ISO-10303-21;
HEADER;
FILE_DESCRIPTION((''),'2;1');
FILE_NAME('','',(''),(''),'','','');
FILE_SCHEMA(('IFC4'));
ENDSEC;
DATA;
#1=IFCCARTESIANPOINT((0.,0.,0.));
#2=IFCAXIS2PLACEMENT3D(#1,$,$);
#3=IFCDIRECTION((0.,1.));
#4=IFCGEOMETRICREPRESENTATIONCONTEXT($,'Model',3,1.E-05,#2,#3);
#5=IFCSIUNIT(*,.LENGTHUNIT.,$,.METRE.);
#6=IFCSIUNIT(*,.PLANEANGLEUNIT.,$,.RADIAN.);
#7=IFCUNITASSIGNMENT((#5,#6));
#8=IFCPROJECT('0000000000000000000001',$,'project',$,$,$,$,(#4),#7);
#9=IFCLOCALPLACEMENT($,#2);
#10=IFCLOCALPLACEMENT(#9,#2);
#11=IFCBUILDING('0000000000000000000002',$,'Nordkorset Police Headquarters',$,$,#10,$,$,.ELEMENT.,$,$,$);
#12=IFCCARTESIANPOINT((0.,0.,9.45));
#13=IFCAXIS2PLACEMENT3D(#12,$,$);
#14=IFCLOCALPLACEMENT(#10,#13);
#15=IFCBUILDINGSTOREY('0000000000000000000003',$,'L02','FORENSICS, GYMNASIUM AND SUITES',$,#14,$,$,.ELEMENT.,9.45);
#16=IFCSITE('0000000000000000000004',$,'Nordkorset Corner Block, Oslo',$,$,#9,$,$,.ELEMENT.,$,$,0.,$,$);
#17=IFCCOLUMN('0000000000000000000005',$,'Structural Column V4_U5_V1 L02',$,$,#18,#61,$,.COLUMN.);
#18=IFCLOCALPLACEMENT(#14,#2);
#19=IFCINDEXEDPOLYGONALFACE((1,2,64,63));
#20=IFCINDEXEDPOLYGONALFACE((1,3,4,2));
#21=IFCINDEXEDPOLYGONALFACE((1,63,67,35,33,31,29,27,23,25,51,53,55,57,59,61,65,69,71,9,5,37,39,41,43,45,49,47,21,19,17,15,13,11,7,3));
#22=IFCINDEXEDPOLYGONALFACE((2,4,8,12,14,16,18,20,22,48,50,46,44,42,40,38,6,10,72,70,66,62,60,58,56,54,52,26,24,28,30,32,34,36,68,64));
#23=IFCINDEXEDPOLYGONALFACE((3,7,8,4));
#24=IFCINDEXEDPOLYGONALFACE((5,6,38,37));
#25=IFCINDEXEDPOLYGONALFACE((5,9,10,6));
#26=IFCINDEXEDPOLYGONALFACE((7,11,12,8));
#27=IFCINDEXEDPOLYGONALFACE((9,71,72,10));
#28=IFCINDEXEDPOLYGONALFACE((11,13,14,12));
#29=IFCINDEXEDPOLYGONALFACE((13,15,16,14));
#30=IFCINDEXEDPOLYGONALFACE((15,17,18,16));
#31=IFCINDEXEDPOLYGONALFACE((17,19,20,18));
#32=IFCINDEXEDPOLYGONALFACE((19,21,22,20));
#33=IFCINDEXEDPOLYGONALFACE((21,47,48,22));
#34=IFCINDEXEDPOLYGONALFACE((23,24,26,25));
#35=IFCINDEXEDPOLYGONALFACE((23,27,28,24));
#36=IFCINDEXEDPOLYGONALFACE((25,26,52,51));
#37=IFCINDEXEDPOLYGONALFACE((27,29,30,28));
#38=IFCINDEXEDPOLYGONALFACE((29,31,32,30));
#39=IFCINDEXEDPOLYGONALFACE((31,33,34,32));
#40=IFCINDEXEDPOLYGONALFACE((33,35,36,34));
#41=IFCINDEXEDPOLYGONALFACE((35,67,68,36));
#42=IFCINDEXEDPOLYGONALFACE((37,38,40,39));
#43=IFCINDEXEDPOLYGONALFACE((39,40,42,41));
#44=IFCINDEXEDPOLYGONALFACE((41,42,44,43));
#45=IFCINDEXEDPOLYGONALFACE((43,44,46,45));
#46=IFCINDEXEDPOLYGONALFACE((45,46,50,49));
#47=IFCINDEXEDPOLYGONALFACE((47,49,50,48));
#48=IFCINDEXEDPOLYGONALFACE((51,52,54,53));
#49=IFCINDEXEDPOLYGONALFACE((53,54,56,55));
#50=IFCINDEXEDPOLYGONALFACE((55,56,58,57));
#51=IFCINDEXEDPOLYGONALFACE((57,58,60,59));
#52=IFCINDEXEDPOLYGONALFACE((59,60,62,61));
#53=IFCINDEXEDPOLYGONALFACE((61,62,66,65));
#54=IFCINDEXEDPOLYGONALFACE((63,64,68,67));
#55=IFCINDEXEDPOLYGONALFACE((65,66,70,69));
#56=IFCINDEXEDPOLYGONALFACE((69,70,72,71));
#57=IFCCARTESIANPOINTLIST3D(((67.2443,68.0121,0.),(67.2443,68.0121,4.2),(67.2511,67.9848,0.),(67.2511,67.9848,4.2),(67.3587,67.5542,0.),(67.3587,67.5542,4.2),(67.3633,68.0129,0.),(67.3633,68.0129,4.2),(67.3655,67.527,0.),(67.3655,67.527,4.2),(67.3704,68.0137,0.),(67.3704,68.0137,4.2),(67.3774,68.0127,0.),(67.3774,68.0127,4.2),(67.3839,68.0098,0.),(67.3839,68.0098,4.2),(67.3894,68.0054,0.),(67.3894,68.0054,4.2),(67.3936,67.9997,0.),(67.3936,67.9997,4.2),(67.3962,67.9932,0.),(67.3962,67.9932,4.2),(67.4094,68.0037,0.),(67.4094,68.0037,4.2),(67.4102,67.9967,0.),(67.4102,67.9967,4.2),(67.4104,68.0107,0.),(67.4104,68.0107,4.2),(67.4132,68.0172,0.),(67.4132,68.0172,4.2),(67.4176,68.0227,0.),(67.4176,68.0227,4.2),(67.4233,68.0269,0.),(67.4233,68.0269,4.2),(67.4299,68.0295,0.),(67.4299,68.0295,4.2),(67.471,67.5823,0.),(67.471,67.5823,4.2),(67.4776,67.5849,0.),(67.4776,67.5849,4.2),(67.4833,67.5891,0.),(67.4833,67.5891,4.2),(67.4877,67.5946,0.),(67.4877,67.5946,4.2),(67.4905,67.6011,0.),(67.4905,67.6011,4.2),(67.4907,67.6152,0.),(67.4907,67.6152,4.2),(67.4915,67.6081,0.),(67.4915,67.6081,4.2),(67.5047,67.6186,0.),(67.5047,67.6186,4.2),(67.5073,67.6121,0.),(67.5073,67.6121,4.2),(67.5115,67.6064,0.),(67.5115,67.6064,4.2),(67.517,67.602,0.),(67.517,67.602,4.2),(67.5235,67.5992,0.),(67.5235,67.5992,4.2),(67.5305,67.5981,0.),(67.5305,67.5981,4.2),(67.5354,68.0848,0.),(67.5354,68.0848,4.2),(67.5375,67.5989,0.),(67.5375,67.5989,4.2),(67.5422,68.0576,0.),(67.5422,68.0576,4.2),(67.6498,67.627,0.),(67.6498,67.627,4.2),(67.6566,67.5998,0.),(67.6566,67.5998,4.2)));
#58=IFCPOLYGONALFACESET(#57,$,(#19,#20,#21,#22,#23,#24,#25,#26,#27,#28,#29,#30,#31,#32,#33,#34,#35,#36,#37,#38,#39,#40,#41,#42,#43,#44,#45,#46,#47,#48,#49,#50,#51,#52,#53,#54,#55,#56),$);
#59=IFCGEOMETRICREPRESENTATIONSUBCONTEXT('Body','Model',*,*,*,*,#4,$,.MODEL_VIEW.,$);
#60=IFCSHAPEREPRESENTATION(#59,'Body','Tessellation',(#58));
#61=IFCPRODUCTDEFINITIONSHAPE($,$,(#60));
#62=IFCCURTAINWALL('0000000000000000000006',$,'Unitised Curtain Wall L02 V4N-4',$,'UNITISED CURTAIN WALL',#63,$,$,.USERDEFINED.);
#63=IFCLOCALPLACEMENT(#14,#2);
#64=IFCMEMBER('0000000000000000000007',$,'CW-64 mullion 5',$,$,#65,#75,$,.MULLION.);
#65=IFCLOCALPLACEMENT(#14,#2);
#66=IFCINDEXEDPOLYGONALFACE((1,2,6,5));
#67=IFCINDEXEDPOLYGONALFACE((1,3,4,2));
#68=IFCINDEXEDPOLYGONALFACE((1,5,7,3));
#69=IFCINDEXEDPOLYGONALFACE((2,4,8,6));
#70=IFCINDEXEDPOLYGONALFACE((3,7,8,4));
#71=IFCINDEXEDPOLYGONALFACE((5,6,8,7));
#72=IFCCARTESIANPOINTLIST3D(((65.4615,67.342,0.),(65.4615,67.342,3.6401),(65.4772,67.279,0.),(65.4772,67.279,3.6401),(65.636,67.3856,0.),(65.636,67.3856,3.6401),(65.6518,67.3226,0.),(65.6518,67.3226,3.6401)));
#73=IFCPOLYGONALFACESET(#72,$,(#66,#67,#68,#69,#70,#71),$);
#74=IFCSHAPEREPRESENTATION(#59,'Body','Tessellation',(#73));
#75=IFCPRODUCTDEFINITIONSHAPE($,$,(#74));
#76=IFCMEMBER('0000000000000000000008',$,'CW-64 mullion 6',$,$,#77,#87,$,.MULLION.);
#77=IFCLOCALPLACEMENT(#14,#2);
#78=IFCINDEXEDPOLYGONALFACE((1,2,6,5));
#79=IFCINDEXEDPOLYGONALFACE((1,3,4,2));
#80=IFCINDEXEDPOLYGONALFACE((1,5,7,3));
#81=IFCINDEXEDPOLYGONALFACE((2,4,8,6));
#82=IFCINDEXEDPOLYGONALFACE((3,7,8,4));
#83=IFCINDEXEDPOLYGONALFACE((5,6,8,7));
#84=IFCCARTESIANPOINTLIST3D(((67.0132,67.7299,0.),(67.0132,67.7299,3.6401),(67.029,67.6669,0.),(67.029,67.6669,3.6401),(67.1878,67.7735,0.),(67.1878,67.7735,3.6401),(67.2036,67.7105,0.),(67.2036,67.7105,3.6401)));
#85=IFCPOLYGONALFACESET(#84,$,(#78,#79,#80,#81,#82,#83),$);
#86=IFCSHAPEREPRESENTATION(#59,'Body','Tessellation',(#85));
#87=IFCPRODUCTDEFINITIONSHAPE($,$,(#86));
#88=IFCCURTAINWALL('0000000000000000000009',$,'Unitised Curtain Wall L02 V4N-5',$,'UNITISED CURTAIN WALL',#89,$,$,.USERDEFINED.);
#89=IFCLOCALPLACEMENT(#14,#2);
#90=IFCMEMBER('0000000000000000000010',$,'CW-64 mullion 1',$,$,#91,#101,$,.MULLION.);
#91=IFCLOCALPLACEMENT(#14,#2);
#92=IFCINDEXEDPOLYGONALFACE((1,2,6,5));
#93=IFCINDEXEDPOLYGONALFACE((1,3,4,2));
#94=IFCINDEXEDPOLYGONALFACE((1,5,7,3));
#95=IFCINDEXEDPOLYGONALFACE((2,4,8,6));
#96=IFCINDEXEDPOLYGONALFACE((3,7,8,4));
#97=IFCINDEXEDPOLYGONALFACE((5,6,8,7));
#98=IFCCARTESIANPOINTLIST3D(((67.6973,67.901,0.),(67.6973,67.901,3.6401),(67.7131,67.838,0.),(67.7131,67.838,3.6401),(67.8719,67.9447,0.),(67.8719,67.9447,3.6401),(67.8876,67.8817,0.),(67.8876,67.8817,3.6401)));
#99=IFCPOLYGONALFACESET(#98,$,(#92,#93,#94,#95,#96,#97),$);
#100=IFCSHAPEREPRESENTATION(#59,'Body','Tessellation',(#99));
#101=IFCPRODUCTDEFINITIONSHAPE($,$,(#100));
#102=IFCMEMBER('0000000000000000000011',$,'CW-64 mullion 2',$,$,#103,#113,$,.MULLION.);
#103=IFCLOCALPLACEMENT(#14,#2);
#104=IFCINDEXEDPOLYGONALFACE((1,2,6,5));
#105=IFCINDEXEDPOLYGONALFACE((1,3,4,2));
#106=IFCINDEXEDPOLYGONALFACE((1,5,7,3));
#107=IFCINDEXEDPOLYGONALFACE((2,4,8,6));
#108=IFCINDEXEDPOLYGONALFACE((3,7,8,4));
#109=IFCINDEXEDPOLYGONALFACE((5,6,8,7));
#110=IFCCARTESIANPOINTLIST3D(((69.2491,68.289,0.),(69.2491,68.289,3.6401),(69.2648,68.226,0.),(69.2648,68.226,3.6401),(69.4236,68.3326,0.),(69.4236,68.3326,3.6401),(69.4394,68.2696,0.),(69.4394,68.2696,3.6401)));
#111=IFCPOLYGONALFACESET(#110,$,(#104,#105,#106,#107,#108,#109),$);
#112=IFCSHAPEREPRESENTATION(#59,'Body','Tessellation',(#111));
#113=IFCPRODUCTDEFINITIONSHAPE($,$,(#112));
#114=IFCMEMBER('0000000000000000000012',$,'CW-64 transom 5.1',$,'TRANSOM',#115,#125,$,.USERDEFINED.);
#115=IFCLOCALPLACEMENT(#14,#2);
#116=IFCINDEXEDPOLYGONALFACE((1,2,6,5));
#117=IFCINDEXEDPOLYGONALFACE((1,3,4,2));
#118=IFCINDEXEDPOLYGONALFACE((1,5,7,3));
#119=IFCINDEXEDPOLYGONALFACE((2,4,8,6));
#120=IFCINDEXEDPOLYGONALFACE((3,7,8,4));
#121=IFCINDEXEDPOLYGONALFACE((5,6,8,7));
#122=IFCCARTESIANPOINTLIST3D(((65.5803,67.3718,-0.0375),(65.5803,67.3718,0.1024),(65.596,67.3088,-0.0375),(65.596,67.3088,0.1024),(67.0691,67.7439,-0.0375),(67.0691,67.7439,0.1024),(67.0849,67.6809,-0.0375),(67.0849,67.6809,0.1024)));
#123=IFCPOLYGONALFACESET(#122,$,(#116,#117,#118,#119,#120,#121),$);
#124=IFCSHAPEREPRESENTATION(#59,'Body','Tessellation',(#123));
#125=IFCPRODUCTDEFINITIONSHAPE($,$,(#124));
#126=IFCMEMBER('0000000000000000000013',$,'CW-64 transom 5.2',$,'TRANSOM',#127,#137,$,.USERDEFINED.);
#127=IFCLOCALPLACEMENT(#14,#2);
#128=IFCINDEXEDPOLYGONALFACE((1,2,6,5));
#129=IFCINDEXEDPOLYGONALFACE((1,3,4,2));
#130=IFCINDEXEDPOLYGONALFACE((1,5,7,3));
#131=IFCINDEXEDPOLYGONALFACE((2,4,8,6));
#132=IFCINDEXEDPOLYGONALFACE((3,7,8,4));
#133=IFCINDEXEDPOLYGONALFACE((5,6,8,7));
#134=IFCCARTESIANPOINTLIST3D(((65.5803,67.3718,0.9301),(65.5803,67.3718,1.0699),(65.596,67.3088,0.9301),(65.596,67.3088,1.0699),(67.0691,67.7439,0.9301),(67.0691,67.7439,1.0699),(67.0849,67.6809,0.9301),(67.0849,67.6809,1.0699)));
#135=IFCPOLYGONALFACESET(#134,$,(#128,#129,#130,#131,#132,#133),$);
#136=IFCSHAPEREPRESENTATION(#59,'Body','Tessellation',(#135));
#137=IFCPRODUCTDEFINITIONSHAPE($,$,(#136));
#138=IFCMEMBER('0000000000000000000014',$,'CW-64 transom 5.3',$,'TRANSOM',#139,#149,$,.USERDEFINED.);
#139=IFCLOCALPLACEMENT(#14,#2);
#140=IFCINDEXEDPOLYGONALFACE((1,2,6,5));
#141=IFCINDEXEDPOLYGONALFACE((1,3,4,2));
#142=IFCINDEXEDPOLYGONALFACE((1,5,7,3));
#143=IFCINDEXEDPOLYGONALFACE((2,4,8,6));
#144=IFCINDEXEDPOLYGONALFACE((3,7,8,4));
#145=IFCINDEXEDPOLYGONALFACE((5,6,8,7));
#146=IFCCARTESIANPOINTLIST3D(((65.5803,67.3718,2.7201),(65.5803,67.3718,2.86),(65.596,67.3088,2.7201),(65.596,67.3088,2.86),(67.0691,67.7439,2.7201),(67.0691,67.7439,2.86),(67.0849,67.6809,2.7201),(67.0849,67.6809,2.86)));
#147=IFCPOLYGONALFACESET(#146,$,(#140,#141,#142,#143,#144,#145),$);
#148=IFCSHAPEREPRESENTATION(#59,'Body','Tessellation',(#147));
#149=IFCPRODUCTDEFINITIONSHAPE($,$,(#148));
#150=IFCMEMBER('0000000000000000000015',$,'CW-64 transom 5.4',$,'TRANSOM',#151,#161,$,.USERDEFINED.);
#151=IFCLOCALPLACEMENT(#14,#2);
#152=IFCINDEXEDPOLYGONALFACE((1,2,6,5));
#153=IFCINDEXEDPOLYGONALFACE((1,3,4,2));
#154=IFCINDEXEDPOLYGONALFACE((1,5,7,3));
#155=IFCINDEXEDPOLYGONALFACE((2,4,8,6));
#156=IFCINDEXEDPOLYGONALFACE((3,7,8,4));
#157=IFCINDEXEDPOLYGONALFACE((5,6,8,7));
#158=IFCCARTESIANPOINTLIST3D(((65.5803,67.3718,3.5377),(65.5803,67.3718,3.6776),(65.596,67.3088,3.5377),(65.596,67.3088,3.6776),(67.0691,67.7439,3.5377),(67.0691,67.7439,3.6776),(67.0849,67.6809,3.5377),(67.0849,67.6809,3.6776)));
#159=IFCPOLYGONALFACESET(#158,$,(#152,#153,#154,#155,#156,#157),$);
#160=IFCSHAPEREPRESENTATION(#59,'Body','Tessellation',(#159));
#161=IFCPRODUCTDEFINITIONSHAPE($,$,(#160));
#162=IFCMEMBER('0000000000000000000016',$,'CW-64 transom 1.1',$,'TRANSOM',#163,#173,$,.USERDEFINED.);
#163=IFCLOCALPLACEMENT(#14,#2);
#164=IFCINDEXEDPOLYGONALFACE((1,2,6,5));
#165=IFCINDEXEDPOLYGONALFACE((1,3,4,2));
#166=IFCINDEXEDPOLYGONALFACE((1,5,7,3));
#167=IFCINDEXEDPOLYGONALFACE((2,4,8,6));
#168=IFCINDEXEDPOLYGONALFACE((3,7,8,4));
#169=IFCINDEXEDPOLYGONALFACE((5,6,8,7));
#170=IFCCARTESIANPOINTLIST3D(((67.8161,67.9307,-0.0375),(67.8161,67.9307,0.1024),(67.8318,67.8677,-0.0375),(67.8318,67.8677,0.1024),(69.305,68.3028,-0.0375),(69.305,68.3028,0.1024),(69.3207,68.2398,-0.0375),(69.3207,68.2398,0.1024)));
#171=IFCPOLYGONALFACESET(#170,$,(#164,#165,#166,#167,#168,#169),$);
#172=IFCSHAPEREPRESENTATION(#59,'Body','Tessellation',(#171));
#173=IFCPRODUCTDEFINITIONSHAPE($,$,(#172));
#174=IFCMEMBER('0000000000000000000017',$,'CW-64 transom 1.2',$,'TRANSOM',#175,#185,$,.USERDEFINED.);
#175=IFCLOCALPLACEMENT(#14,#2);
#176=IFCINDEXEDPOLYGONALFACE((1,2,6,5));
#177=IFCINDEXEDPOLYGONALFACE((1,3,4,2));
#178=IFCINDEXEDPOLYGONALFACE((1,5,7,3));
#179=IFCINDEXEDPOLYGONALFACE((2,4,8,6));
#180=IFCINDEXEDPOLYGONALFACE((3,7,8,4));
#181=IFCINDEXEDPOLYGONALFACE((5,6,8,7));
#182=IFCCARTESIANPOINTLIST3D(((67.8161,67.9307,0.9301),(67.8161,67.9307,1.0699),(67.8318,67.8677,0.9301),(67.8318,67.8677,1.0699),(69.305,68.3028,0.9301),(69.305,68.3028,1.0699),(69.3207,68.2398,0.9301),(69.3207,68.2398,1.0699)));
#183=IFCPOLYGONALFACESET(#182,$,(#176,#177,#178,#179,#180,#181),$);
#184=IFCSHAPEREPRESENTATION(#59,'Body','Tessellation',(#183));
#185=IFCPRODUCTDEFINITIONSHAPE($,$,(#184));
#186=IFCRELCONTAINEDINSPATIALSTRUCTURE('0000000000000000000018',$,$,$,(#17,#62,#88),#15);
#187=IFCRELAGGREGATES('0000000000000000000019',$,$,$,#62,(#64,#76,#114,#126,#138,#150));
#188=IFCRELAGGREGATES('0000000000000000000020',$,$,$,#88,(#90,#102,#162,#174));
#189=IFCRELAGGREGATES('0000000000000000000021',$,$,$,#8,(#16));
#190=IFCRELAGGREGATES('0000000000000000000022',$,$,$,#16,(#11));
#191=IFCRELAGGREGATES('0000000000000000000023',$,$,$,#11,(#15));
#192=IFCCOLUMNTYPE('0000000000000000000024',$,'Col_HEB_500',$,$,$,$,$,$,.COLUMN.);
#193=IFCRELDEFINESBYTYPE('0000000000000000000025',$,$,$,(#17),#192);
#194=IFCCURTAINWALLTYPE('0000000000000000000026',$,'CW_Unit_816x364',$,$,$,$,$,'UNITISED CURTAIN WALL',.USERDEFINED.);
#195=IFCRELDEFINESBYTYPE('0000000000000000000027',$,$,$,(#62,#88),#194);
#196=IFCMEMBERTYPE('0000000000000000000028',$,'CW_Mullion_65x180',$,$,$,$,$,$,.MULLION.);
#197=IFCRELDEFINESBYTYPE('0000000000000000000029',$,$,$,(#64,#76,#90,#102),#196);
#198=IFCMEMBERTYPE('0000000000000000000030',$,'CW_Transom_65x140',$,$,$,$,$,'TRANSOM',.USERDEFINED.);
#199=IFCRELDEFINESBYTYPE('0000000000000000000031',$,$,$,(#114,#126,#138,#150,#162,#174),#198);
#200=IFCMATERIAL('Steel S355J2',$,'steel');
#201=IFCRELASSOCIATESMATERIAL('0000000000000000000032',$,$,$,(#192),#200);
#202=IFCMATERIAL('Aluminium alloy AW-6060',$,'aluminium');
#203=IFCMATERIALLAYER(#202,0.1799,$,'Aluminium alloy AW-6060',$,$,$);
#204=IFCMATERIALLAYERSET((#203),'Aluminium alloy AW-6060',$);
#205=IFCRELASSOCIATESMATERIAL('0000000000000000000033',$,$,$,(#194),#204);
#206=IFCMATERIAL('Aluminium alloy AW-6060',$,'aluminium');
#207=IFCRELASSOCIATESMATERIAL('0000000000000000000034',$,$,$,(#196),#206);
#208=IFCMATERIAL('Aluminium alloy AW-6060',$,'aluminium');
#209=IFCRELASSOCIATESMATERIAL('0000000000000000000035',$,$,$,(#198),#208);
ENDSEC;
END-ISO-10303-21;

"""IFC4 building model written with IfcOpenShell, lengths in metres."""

from ifc_helpers import new_model, si_unit, direction, frame, origin, origin_2d, place, context, subcontext, project, spatial, rectangle, i_section, extrude, material, layer, layer_set, material_profile, profile_set, type_object, element, aggregate, save


model = new_model("IFC4")

# Units and contexts
model_context = context("Model", 3, precision=1e-05, world=origin(), true_north=direction((0.0, 1.0)))
body_context = subcontext(model_context, "Body", "Model", "MODEL_VIEW")
ifc_project = project(units=[si_unit("LENGTHUNIT", "METRE"), si_unit("PLANEANGLEUNIT", "RADIAN")], contexts=[model_context])

# Site, building, storey
site_placement = place(None, origin())
site = spatial("IfcSite", under=ifc_project, at=site_placement, Name="Nordkorset Corner Block, Oslo", CompositionType="ELEMENT", RefElevation=0.0)
building_placement = place(site_placement, origin())
building = spatial("IfcBuilding", under=site, at=building_placement, Name="Nordkorset Police Headquarters", CompositionType="ELEMENT")
storey_placement = place(building_placement, frame((0.0, 0.0, 9.45)))
storey = spatial("IfcBuildingStorey", under=building, at=storey_placement, Name="L02", Description="FORENSICS, GYMNASIUM AND SUITES", CompositionType="ELEMENT", Elevation=9.45)

# Column
ifc_material_1 = material(Name="Steel S355J2", Category="steel")
ifc_material_profile_1 = material_profile(ifc_material_1, i_section(OverallWidth=0.3, OverallDepth=0.5, WebThickness=0.0144, FlangeThickness=0.0281, FilletRadius=0.0271, at=origin_2d()), Name="HEB 500")
ifc_profile_set_1 = profile_set([ifc_material_profile_1], Name="Steel S355J2")
column_type = type_object("IfcColumnType", Name="Col_HEB_500", PredefinedType="COLUMN", material=ifc_profile_set_1)
column_placement = place(storey_placement, frame((67.4504, 67.8059, 0.0), z_axis=(0.0, 0.0, 1.0), x_axis=(0.970143, 0.242536, 0.0)))
element("IfcColumn", 1, at=column_placement, inside=storey, type_object=column_type, Name="Structural Column V4_U5_V1 L02", PredefinedType="COLUMN", context=body_context, shape_type="SweptSolid", body=[
    extrude(i_section(OverallWidth=0.3, OverallDepth=0.5, WebThickness=0.0144, FlangeThickness=0.0281, FilletRadius=0.0271, at=origin_2d()), origin(), (0.0, 0.0, 1.0), 4.2),
])

# Curtain walls, members
ifc_material_2 = material(Name="Aluminium alloy AW-6060", Category="aluminium")
ifc_layer_1 = layer(ifc_material_2, 0.1799, Name="Aluminium alloy AW-6060")
ifc_layer_set_1 = layer_set([ifc_layer_1], Name="Aluminium alloy AW-6060")
curtain_wall_type = type_object("IfcCurtainWallType", Name="CW_Unit_816x364", ElementType="UNITISED CURTAIN WALL", PredefinedType="USERDEFINED", material=ifc_layer_set_1)
curtain_wall_1_placement = place(storey_placement, origin())
curtain_wall_1 = element("IfcCurtainWall", 2, at=curtain_wall_1_placement, inside=storey, type_object=curtain_wall_type, Name="Unitised Curtain Wall L02 V4N-4", ObjectType="UNITISED CURTAIN WALL", PredefinedType="USERDEFINED")
ifc_material_3 = material(Name="Aluminium alloy AW-6060", Category="aluminium")
ifc_material_profile_2 = material_profile(ifc_material_3, rectangle(XDim=0.0649, YDim=0.1799, at=origin_2d()), Name="ALU MULL 65x180")
ifc_profile_set_2 = profile_set([ifc_material_profile_2], Name="Aluminium alloy AW-6060")
member_type_1 = type_object("IfcMemberType", Name="CW_Mullion_65x180", PredefinedType="MULLION", material=ifc_profile_set_2)
member_1_placement = place(storey_placement, frame((65.5566, 67.3323, 0.0), z_axis=(0.0, 0.0, 1.0), x_axis=(-0.242535, 0.970143, 0.0)))
member_1 = element("IfcMember", 3, at=member_1_placement, type_object=member_type_1, Name="CW-64 mullion 5", PredefinedType="MULLION", context=body_context, shape_type="SweptSolid", body=[
    extrude(rectangle(XDim=0.0649, YDim=0.1799, at=origin_2d()), origin(), (0.0, 0.0, 1.0), 3.6401),
])
member_2_placement = place(storey_placement, frame((67.1084, 67.7202, 0.0), z_axis=(0.0, 0.0, 1.0), x_axis=(-0.242535, 0.970143, 0.0)))
member_2 = element("IfcMember", 4, at=member_2_placement, type_object=member_type_1, Name="CW-64 mullion 6", PredefinedType="MULLION", context=body_context, shape_type="SweptSolid", body=[
    extrude(rectangle(XDim=0.0649, YDim=0.1799, at=origin_2d()), origin(), (0.0, 0.0, 1.0), 3.6401),
])
curtain_wall_2_placement = place(storey_placement, origin())
curtain_wall_2 = element("IfcCurtainWall", 5, at=curtain_wall_2_placement, inside=storey, type_object=curtain_wall_type, Name="Unitised Curtain Wall L02 V4N-5", ObjectType="UNITISED CURTAIN WALL", PredefinedType="USERDEFINED")
member_3_placement = place(storey_placement, frame((67.7925, 67.8914, 0.0), z_axis=(0.0, 0.0, 1.0), x_axis=(-0.242536, 0.970143, 0.0)))
member_3 = element("IfcMember", 6, at=member_3_placement, type_object=member_type_1, Name="CW-64 mullion 1", PredefinedType="MULLION", context=body_context, shape_type="SweptSolid", body=[
    extrude(rectangle(XDim=0.0649, YDim=0.1799, at=origin_2d()), origin(), (0.0, 0.0, 1.0), 3.6401),
])
member_4_placement = place(storey_placement, frame((69.3442, 68.2793, 0.0), z_axis=(0.0, 0.0, 1.0), x_axis=(-0.242536, 0.970143, 0.0)))
member_4 = element("IfcMember", 7, at=member_4_placement, type_object=member_type_1, Name="CW-64 mullion 2", PredefinedType="MULLION", context=body_context, shape_type="SweptSolid", body=[
    extrude(rectangle(XDim=0.0649, YDim=0.1799, at=origin_2d()), origin(), (0.0, 0.0, 1.0), 3.6401),
])

# Members
ifc_material_4 = material(Name="Aluminium alloy AW-6060", Category="aluminium")
ifc_material_profile_3 = material_profile(ifc_material_4, rectangle(XDim=0.0649, YDim=0.1399, at=origin_2d()), Name="ALU TRAN 65x140")
ifc_profile_set_3 = profile_set([ifc_material_profile_3], Name="Aluminium alloy AW-6060")
member_type_2 = type_object("IfcMemberType", Name="CW_Transom_65x140", ElementType="TRANSOM", PredefinedType="USERDEFINED", material=ifc_profile_set_3)
member_5_placement = place(storey_placement, frame((65.5881, 67.3403, 0.0325), z_axis=(0.970161, 0.242461, 0.0), x_axis=(-0.242461, 0.970161, 0.0)))
member_5 = element("IfcMember", 8, at=member_5_placement, type_object=member_type_2, Name="CW-64 transom 5.1", ObjectType="TRANSOM", PredefinedType="USERDEFINED", context=body_context, shape_type="SweptSolid", body=[
    extrude(rectangle(XDim=0.0649, YDim=0.1399, at=origin_2d()), origin(), (0.0, 0.0, 1.0), 1.5347),
])
member_6_placement = place(storey_placement, frame((65.5881, 67.3403, 1.0), z_axis=(0.970161, 0.242461, 0.0), x_axis=(-0.242461, 0.970161, 0.0)))
member_6 = element("IfcMember", 9, at=member_6_placement, type_object=member_type_2, Name="CW-64 transom 5.2", ObjectType="TRANSOM", PredefinedType="USERDEFINED", context=body_context, shape_type="SweptSolid", body=[
    extrude(rectangle(XDim=0.0649, YDim=0.1399, at=origin_2d()), origin(), (0.0, 0.0, 1.0), 1.5347),
])
member_7_placement = place(storey_placement, frame((65.5881, 67.3403, 2.79), z_axis=(0.970161, 0.242461, 0.0), x_axis=(-0.242461, 0.970161, 0.0)))
member_7 = element("IfcMember", 10, at=member_7_placement, type_object=member_type_2, Name="CW-64 transom 5.3", ObjectType="TRANSOM", PredefinedType="USERDEFINED", context=body_context, shape_type="SweptSolid", body=[
    extrude(rectangle(XDim=0.0649, YDim=0.1399, at=origin_2d()), origin(), (0.0, 0.0, 1.0), 1.5347),
])
member_8_placement = place(storey_placement, frame((65.5881, 67.3403, 3.6077), z_axis=(0.970161, 0.242461, 0.0), x_axis=(-0.242461, 0.970161, 0.0)))
member_8 = element("IfcMember", 11, at=member_8_placement, type_object=member_type_2, Name="CW-64 transom 5.4", ObjectType="TRANSOM", PredefinedType="USERDEFINED", context=body_context, shape_type="SweptSolid", body=[
    extrude(rectangle(XDim=0.0649, YDim=0.1399, at=origin_2d()), origin(), (0.0, 0.0, 1.0), 1.5347),
])
member_9_placement = place(storey_placement, frame((67.824, 67.8992, 0.0325), z_axis=(0.970161, 0.242461, 0.0), x_axis=(-0.242461, 0.970161, 0.0)))
member_9 = element("IfcMember", 12, at=member_9_placement, type_object=member_type_2, Name="CW-64 transom 1.1", ObjectType="TRANSOM", PredefinedType="USERDEFINED", context=body_context, shape_type="SweptSolid", body=[
    extrude(rectangle(XDim=0.0649, YDim=0.1399, at=origin_2d()), origin(), (0.0, 0.0, 1.0), 1.5347),
])
member_10_placement = place(storey_placement, frame((67.824, 67.8992, 1.0), z_axis=(0.970161, 0.242461, 0.0), x_axis=(-0.242461, 0.970161, 0.0)))
member_10 = element("IfcMember", 13, at=member_10_placement, type_object=member_type_2, Name="CW-64 transom 1.2", ObjectType="TRANSOM", PredefinedType="USERDEFINED", context=body_context, shape_type="SweptSolid", body=[
    extrude(rectangle(XDim=0.0649, YDim=0.1399, at=origin_2d()), origin(), (0.0, 0.0, 1.0), 1.5347),
])

aggregate(curtain_wall_1, [member_1, member_2, member_5, member_6, member_7, member_8])
aggregate(curtain_wall_2, [member_3, member_4, member_9, member_10])

save(model, "model.ifc")
